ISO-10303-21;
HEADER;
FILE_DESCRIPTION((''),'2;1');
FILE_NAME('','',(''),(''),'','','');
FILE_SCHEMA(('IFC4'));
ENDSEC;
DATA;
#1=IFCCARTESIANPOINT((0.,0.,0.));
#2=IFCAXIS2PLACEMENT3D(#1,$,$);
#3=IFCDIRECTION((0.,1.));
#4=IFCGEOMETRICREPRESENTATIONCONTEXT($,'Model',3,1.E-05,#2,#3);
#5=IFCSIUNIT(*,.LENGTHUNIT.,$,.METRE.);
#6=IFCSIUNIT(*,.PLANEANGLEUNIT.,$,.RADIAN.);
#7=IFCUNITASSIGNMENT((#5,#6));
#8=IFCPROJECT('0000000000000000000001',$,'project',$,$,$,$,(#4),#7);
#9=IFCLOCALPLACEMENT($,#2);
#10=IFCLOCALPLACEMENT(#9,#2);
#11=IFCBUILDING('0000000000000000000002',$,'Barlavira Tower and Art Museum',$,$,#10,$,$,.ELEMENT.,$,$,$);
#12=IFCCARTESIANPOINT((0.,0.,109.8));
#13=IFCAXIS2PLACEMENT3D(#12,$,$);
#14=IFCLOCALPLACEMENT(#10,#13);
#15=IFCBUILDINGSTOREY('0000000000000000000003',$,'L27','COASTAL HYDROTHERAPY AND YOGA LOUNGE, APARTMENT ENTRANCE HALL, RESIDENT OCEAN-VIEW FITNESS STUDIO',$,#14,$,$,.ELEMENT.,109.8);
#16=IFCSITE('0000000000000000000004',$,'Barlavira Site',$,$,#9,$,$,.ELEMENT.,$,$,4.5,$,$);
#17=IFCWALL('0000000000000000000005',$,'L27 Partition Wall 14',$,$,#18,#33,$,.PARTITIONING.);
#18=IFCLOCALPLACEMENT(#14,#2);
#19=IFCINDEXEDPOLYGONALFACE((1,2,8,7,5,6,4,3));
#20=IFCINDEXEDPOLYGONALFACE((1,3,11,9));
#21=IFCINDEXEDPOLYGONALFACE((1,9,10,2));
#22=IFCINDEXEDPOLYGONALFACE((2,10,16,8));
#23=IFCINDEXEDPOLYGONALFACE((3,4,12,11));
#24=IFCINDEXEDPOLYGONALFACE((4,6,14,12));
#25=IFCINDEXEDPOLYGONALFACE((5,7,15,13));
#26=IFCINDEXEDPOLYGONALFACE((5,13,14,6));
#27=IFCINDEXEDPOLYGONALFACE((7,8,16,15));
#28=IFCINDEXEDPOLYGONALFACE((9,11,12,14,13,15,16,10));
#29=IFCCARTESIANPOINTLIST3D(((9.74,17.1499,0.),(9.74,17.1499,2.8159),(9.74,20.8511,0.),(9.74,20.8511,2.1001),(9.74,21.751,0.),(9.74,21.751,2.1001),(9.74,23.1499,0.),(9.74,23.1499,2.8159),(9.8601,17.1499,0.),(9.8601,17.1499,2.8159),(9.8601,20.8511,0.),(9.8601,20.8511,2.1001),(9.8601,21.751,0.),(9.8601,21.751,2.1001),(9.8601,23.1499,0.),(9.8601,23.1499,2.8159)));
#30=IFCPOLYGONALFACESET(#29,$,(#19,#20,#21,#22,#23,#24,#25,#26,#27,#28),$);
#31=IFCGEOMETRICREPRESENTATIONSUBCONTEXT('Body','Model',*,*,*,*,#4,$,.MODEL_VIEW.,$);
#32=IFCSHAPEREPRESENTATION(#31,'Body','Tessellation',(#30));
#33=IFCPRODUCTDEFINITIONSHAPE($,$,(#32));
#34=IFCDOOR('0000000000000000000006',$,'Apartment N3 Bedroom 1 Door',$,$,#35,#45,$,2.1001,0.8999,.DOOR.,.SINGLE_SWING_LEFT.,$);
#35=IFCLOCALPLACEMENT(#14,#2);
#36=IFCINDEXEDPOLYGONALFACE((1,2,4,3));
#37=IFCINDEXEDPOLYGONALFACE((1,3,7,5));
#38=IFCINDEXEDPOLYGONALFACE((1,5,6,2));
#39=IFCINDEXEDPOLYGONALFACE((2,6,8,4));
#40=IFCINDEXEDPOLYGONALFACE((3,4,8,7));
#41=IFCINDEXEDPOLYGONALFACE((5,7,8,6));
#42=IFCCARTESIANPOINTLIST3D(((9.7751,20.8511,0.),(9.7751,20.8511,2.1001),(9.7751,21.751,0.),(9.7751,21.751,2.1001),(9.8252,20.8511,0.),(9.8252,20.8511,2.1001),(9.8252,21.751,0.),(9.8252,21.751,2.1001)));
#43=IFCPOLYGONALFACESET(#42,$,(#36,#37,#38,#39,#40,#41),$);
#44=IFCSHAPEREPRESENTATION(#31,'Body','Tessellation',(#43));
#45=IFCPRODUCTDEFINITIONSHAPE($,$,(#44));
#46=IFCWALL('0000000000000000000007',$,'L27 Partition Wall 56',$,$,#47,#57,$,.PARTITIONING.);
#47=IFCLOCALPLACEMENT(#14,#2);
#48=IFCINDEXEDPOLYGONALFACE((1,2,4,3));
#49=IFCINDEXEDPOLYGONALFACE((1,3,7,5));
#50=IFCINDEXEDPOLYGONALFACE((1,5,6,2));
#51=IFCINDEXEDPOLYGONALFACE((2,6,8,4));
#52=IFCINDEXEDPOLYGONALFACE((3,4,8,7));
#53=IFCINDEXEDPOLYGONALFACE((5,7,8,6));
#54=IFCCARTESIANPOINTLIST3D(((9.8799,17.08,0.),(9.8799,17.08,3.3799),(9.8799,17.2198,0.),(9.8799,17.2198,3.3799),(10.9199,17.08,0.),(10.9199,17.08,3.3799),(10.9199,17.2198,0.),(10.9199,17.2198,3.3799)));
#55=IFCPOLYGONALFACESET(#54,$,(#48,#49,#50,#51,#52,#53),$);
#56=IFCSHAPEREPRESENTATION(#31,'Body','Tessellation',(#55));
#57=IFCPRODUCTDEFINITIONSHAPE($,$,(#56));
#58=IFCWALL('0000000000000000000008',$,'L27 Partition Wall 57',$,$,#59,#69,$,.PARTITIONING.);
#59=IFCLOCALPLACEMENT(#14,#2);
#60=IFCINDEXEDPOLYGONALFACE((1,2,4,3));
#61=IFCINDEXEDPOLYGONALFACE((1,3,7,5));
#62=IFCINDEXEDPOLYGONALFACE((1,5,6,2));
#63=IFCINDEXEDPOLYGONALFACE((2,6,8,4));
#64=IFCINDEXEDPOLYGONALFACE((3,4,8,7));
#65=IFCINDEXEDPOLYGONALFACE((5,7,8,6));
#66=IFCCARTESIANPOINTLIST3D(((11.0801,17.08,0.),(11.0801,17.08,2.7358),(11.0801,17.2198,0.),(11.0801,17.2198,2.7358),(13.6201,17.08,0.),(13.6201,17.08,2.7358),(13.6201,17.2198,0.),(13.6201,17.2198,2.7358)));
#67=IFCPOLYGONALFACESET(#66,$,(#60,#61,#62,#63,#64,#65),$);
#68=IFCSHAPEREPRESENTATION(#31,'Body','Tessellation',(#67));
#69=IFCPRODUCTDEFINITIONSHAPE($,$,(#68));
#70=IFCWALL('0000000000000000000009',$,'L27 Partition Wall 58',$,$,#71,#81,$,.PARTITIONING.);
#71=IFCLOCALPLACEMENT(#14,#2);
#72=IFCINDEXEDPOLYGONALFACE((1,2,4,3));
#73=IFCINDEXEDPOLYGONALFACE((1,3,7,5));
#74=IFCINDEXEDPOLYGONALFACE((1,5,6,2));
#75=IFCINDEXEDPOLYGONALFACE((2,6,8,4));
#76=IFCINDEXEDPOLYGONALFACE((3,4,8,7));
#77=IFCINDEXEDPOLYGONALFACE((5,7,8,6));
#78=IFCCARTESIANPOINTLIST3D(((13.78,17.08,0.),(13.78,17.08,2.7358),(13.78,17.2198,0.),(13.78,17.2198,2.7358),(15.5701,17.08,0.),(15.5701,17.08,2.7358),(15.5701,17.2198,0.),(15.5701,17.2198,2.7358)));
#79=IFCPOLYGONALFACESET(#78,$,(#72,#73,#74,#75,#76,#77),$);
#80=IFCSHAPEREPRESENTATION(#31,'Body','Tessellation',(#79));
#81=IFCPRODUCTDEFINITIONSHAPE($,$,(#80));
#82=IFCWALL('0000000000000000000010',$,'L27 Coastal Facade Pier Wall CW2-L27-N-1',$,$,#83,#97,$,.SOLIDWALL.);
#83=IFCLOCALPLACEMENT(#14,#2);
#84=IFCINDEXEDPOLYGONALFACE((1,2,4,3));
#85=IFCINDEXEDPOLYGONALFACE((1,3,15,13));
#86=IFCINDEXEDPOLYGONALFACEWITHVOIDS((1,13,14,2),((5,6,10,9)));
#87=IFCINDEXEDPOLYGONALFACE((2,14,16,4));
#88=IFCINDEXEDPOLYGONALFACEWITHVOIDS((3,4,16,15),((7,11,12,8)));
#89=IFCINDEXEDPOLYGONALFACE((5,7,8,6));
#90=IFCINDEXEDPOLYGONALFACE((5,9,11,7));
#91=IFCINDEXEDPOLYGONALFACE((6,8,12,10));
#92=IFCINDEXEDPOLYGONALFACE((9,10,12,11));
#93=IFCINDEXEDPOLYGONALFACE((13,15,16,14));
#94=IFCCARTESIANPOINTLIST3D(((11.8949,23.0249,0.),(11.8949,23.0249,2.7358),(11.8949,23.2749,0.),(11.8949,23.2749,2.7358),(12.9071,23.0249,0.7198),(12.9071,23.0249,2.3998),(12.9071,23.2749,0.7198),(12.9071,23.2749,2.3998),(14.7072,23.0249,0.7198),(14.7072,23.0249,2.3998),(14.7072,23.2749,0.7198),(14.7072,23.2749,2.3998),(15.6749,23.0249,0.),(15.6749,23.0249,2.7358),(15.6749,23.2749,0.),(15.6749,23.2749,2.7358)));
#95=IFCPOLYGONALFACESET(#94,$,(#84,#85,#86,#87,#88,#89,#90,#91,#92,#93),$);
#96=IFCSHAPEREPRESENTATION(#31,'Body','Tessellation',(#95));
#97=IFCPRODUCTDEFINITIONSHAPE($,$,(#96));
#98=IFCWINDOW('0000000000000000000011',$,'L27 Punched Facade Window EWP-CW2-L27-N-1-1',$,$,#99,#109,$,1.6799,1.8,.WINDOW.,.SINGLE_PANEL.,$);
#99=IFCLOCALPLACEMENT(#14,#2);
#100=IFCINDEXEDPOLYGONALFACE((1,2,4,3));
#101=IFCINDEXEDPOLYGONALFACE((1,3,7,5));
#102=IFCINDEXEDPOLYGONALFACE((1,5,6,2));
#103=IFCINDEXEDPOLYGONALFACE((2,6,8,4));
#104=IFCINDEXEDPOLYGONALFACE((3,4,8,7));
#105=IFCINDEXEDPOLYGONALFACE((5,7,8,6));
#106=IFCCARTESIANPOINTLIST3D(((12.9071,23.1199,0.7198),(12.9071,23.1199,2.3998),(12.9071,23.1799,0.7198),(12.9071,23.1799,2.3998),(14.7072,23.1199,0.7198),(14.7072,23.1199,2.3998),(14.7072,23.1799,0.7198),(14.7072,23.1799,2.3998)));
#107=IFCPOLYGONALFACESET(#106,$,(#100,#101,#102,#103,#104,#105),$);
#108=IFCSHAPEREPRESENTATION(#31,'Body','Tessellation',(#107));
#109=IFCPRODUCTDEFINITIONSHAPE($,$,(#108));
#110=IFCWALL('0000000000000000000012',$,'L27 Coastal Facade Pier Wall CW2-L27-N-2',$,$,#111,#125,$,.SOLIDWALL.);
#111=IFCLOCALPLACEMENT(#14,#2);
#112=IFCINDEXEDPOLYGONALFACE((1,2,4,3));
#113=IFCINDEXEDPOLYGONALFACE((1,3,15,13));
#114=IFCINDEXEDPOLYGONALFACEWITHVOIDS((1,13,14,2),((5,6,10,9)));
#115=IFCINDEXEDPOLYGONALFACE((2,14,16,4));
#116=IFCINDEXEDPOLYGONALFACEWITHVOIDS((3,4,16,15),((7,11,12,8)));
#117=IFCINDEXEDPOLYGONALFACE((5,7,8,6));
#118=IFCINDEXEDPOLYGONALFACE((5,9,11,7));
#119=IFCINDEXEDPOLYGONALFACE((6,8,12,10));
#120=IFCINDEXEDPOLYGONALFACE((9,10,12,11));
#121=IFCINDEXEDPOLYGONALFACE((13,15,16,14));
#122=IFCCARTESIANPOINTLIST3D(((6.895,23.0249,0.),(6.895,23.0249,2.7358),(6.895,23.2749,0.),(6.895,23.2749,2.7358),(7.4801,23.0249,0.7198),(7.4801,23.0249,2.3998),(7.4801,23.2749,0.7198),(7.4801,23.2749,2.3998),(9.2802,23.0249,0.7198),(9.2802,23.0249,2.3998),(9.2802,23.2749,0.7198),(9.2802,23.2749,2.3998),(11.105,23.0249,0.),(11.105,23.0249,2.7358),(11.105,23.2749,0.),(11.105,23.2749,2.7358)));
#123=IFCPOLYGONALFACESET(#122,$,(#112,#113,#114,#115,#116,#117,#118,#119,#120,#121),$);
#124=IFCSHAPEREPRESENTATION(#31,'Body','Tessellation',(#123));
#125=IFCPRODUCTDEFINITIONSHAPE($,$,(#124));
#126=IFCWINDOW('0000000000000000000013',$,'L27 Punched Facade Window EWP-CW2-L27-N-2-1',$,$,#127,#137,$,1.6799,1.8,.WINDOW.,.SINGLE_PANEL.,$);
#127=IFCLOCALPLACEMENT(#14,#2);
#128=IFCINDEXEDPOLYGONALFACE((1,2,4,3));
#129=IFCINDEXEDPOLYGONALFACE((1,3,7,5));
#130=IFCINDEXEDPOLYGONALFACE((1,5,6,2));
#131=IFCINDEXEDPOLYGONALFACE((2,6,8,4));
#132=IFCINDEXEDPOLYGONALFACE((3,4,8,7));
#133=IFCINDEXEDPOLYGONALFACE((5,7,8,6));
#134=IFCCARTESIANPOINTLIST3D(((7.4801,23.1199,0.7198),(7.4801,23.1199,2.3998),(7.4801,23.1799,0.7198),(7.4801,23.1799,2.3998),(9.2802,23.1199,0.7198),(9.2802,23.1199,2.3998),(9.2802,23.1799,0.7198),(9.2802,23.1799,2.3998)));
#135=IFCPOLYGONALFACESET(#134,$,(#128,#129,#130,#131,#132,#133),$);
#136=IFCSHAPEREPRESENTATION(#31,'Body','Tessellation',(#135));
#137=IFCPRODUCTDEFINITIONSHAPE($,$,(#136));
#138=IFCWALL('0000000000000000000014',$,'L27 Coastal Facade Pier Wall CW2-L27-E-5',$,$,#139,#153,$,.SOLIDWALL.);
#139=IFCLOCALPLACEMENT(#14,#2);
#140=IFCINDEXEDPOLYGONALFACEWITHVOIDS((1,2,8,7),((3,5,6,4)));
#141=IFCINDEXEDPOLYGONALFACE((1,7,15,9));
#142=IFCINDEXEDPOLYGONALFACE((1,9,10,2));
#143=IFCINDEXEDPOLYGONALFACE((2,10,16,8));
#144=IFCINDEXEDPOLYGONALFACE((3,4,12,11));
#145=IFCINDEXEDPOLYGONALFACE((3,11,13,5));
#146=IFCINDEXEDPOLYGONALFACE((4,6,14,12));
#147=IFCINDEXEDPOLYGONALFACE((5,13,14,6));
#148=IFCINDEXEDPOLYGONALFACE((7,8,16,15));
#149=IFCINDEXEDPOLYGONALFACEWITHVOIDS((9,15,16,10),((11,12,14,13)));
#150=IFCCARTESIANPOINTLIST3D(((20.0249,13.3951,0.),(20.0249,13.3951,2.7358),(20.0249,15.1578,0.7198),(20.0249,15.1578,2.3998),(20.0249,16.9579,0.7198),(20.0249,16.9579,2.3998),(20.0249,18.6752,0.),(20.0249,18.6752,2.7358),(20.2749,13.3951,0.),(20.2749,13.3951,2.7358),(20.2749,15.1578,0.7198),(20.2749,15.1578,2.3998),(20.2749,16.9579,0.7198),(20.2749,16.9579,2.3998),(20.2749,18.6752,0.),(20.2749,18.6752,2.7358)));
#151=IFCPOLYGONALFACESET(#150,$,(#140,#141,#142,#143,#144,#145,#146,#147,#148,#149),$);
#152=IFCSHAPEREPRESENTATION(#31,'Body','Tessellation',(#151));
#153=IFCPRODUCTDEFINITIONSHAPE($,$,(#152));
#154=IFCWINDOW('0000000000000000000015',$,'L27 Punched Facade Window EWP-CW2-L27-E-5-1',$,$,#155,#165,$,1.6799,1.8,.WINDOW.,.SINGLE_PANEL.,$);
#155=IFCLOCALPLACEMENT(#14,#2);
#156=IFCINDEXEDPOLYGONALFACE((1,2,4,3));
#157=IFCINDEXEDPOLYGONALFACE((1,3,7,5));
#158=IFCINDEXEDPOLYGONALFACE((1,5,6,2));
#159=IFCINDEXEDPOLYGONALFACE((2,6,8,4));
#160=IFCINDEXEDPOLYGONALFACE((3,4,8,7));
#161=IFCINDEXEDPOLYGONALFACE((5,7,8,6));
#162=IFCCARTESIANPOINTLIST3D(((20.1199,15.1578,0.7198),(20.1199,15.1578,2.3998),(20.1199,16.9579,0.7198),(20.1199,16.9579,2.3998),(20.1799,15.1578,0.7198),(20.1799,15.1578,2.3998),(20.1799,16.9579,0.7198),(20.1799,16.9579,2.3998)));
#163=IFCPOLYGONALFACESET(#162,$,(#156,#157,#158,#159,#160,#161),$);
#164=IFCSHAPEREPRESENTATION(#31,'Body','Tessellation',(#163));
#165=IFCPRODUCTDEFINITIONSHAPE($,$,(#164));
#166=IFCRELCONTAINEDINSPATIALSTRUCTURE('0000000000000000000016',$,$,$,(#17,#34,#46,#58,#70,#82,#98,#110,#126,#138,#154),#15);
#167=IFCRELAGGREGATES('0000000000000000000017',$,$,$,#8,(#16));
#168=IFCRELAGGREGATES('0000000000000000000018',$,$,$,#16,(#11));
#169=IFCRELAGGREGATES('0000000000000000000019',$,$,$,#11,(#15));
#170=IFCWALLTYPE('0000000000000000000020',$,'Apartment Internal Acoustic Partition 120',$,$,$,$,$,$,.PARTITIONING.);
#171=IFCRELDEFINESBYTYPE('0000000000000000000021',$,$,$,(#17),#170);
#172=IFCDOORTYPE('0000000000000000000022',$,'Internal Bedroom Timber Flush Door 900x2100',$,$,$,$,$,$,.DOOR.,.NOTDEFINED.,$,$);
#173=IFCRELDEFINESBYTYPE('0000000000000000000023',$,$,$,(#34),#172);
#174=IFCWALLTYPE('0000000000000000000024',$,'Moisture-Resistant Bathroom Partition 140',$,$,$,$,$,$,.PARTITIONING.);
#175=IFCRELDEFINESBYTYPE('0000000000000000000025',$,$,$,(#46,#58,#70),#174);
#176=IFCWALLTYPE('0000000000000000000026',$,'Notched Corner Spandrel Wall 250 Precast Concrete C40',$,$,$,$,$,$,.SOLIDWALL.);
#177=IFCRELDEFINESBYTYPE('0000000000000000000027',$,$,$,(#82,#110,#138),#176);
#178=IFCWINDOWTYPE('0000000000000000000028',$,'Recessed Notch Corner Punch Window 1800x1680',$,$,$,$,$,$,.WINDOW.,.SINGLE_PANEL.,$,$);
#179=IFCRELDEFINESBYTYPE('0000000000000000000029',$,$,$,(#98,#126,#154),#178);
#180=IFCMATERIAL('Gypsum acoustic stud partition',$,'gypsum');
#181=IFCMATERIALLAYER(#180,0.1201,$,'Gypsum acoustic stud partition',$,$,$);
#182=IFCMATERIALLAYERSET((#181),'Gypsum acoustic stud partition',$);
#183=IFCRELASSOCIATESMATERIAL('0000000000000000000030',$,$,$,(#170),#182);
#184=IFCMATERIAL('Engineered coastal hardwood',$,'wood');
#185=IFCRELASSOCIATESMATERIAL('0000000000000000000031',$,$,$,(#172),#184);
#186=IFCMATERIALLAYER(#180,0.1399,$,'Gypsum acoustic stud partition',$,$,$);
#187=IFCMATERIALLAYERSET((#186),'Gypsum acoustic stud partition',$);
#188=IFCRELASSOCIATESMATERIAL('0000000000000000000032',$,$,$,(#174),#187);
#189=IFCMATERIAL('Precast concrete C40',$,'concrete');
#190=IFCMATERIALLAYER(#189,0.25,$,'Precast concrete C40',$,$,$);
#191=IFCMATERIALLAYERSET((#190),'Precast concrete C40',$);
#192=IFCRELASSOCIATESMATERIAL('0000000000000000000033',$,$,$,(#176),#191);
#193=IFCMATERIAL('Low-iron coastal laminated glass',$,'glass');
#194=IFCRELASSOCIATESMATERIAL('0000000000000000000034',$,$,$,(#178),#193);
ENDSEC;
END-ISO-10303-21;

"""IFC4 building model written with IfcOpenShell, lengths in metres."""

from ifc_helpers import new_model, si_unit, direction, frame, frame_2d, origin, place, context, subcontext, project, spatial, rectangle, extrude, material, layer, layer_set, type_object, element, fill, save


model = new_model("IFC4")

# Units and contexts
model_context = context("Model", 3, precision=1e-05, world=origin(), true_north=direction((0.0, 1.0)))
body_context = subcontext(model_context, "Body", "Model", "MODEL_VIEW")
ifc_project = project(units=[si_unit("LENGTHUNIT", "METRE"), si_unit("PLANEANGLEUNIT", "RADIAN")], contexts=[model_context])

# Site, building, storey
site_placement = place(None, origin())
site = spatial("IfcSite", under=ifc_project, at=site_placement, Name="Barlavira Site", CompositionType="ELEMENT", RefElevation=4.5)
building_placement = place(site_placement, origin())
building = spatial("IfcBuilding", under=site, at=building_placement, Name="Barlavira Tower and Art Museum", CompositionType="ELEMENT")
storey_placement = place(building_placement, frame((0.0, 0.0, 109.8)))
storey = spatial("IfcBuildingStorey", under=building, at=storey_placement, Name="L27", Description="COASTAL HYDROTHERAPY AND YOGA LOUNGE, APARTMENT ENTRANCE HALL, RESIDENT OCEAN-VIEW FITNESS STUDIO", CompositionType="ELEMENT", Elevation=109.8)

# Wall, opening, door
ifc_material_1 = material(Name="Gypsum acoustic stud partition", Category="gypsum")
ifc_layer_1 = layer(ifc_material_1, 0.1201, Name="Gypsum acoustic stud partition")
ifc_layer_set_1 = layer_set([ifc_layer_1], Name="Gypsum acoustic stud partition")
wall_type_1 = type_object("IfcWallType", Name="Apartment Internal Acoustic Partition 120", PredefinedType="PARTITIONING", material=ifc_layer_set_1)
wall_1_placement = place(storey_placement, frame((9.8, 17.1499, 0.0), z_axis=(0.0, 0.0, 1.0), x_axis=(0.0, 1.0, 0.0)))
wall_1 = element("IfcWall", 1, at=wall_1_placement, inside=storey, type_object=wall_type_1, Name="L27 Partition Wall 14", PredefinedType="PARTITIONING", context=body_context, shape_type="SweptSolid", body=[
    extrude(rectangle(XDim=6.0, YDim=0.1201, at=frame_2d((3.0, 0.0))), origin(), (0.0, 0.0, 1.0), 2.8159),
])
opening_1_placement = place(wall_1_placement, frame((3.7012, 0.0, 0.0)))
opening_1 = element("IfcOpeningElement", 2, at=opening_1_placement, cuts=wall_1, PredefinedType="OPENING", context=body_context, shape_type="SweptSolid", body=[
    extrude(rectangle(XDim=0.8999, YDim=2.1001, at=frame_2d((0.45, 1.05))), frame((0.0, 0.0701, 0.0), z_axis=(0.0, -1.0, 0.0), x_axis=(1.0, 0.0, 0.0)), (0.0, 0.0, 1.0), 0.1401),
])
ifc_material_2 = material(Name="Engineered coastal hardwood", Category="wood")
door_type = type_object("IfcDoorType", Name="Internal Bedroom Timber Flush Door 900x2100", OperationType="NOTDEFINED", PredefinedType="DOOR", material=ifc_material_2)
door_placement = place(opening_1_placement, origin())
door = element("IfcDoor", 3, at=door_placement, inside=storey, type_object=door_type, Name="Apartment N3 Bedroom 1 Door", OperationType="SINGLE_SWING_LEFT", OverallHeight=2.1001, OverallWidth=0.8999, PredefinedType="DOOR", context=body_context, shape_type="SweptSolid", body=[
    extrude(rectangle(XDim=0.8999, YDim=2.1001, at=frame_2d((0.45, 1.05))), frame((0.0, 0.0249, 0.0), z_axis=(0.0, -1.0, 0.0), x_axis=(1.0, 0.0, 0.0)), (0.0, 0.0, 1.0), 0.05),
])
fill(opening_1, door)

# Walls
ifc_layer_2 = layer(ifc_material_1, 0.1399, Name="Gypsum acoustic stud partition")
ifc_layer_set_2 = layer_set([ifc_layer_2], Name="Gypsum acoustic stud partition")
wall_type_2 = type_object("IfcWallType", Name="Moisture-Resistant Bathroom Partition 140", PredefinedType="PARTITIONING", material=ifc_layer_set_2)
wall_2_placement = place(storey_placement, frame((9.8799, 17.1499, 0.0), z_axis=(0.0, 0.0, 1.0), x_axis=(1.0, 0.0, 0.0)))
element("IfcWall", 4, at=wall_2_placement, inside=storey, type_object=wall_type_2, Name="L27 Partition Wall 56", PredefinedType="PARTITIONING", context=body_context, shape_type="SweptSolid", body=[
    extrude(rectangle(XDim=1.04, YDim=0.1399, at=frame_2d((0.52, 0.0))), origin(), (0.0, 0.0, 1.0), 3.3799),
])
wall_3_placement = place(storey_placement, frame((11.0801, 17.1499, 0.0), z_axis=(0.0, 0.0, 1.0), x_axis=(1.0, 0.0, 0.0)))
element("IfcWall", 5, at=wall_3_placement, inside=storey, type_object=wall_type_2, Name="L27 Partition Wall 57", PredefinedType="PARTITIONING", context=body_context, shape_type="SweptSolid", body=[
    extrude(rectangle(XDim=2.54, YDim=0.1399, at=frame_2d((1.27, 0.0))), origin(), (0.0, 0.0, 1.0), 2.7358),
])
wall_4_placement = place(storey_placement, frame((13.78, 17.1499, 0.0), z_axis=(0.0, 0.0, 1.0), x_axis=(1.0, 0.0, 0.0)))
element("IfcWall", 6, at=wall_4_placement, inside=storey, type_object=wall_type_2, Name="L27 Partition Wall 58", PredefinedType="PARTITIONING", context=body_context, shape_type="SweptSolid", body=[
    extrude(rectangle(XDim=1.79, YDim=0.1399, at=frame_2d((0.895, 0.0))), origin(), (0.0, 0.0, 1.0), 2.7358),
])

# Walls, openings, windows
ifc_material_3 = material(Name="Precast concrete C40", Category="concrete")
ifc_layer_3 = layer(ifc_material_3, 0.25, Name="Precast concrete C40")
ifc_layer_set_3 = layer_set([ifc_layer_3], Name="Precast concrete C40")
wall_type_3 = type_object("IfcWallType", Name="Notched Corner Spandrel Wall 250 Precast Concrete C40", PredefinedType="SOLIDWALL", material=ifc_layer_set_3)
wall_5_placement = place(storey_placement, frame((15.675, 23.1499, 0.0), z_axis=(0.0, 0.0, 1.0), x_axis=(-1.0, 0.0, 0.0)))
wall_5 = element("IfcWall", 7, at=wall_5_placement, inside=storey, type_object=wall_type_3, Name="L27 Coastal Facade Pier Wall CW2-L27-N-1", PredefinedType="SOLIDWALL", context=body_context, shape_type="SweptSolid", body=[
    extrude(rectangle(XDim=3.78, YDim=0.25, at=frame_2d((1.8901, 0.0))), origin(), (0.0, 0.0, 1.0), 2.7358),
])
opening_2_placement = place(wall_5_placement, frame((0.968, 0.0, 0.72)))
opening_2 = element("IfcOpeningElement", 8, at=opening_2_placement, cuts=wall_5, PredefinedType="OPENING", context=body_context, shape_type="SweptSolid", body=[
    extrude(rectangle(XDim=1.8, YDim=1.6799, at=frame_2d((0.8999, 0.8398))), frame((0.0, 0.135, 0.0), z_axis=(0.0, -1.0, 0.0), x_axis=(1.0, 0.0, 0.0)), (0.0, 0.0, 1.0), 0.27),
])
ifc_material_4 = material(Name="Low-iron coastal laminated glass", Category="glass")
window_type = type_object("IfcWindowType", Name="Recessed Notch Corner Punch Window 1800x1680", PartitioningType="SINGLE_PANEL", PredefinedType="WINDOW", material=ifc_material_4)
window_1_placement = place(opening_2_placement, origin())
window_1 = element("IfcWindow", 9, at=window_1_placement, inside=storey, type_object=window_type, Name="L27 Punched Facade Window EWP-CW2-L27-N-1-1", OverallHeight=1.6799, OverallWidth=1.8, PartitioningType="SINGLE_PANEL", PredefinedType="WINDOW", context=body_context, shape_type="SweptSolid", body=[
    extrude(rectangle(XDim=1.8, YDim=1.6799, at=frame_2d((0.8999, 0.8398))), frame((0.0, 0.03, 0.0), z_axis=(0.0, -1.0, 0.0), x_axis=(1.0, 0.0, 0.0)), (0.0, 0.0, 1.0), 0.0601),
])
fill(opening_2, window_1)
wall_6_placement = place(storey_placement, frame((11.105, 23.1499, 0.0), z_axis=(0.0, 0.0, 1.0), x_axis=(-1.0, 0.0, 0.0)))
wall_6 = element("IfcWall", 10, at=wall_6_placement, inside=storey, type_object=wall_type_3, Name="L27 Coastal Facade Pier Wall CW2-L27-N-2", PredefinedType="SOLIDWALL", context=body_context, shape_type="SweptSolid", body=[
    extrude(rectangle(XDim=4.21, YDim=0.25, at=frame_2d((2.105, 0.0))), origin(), (0.0, 0.0, 1.0), 2.7358),
])
opening_3_placement = place(wall_6_placement, frame((1.825, 0.0, 0.72)))
opening_3 = element("IfcOpeningElement", 11, at=opening_3_placement, cuts=wall_6, PredefinedType="OPENING", context=body_context, shape_type="SweptSolid", body=[
    extrude(rectangle(XDim=1.8, YDim=1.6799, at=frame_2d((0.8999, 0.8398))), frame((0.0, 0.135, 0.0), z_axis=(0.0, -1.0, 0.0), x_axis=(1.0, 0.0, 0.0)), (0.0, 0.0, 1.0), 0.27),
])
window_2_placement = place(opening_3_placement, origin())
window_2 = element("IfcWindow", 12, at=window_2_placement, inside=storey, type_object=window_type, Name="L27 Punched Facade Window EWP-CW2-L27-N-2-1", OverallHeight=1.6799, OverallWidth=1.8, PartitioningType="SINGLE_PANEL", PredefinedType="WINDOW", context=body_context, shape_type="SweptSolid", body=[
    extrude(rectangle(XDim=1.8, YDim=1.6799, at=frame_2d((0.8999, 0.8398))), frame((0.0, 0.03, 0.0), z_axis=(0.0, -1.0, 0.0), x_axis=(1.0, 0.0, 0.0)), (0.0, 0.0, 1.0), 0.0601),
])
fill(opening_3, window_2)
wall_7_placement = place(storey_placement, frame((20.1499, 13.395, 0.0), z_axis=(0.0, 0.0, 1.0), x_axis=(0.0, 1.0, 0.0)))
wall_7 = element("IfcWall", 13, at=wall_7_placement, inside=storey, type_object=wall_type_3, Name="L27 Coastal Facade Pier Wall CW2-L27-E-5", PredefinedType="SOLIDWALL", context=body_context, shape_type="SweptSolid", body=[
    extrude(rectangle(XDim=5.28, YDim=0.25, at=frame_2d((2.6401, 0.0))), origin(), (0.0, 0.0, 1.0), 2.7358),
])
opening_4_placement = place(wall_7_placement, frame((1.7629, 0.0, 0.72)))
opening_4 = element("IfcOpeningElement", 14, at=opening_4_placement, cuts=wall_7, PredefinedType="OPENING", context=body_context, shape_type="SweptSolid", body=[
    extrude(rectangle(XDim=1.8, YDim=1.6799, at=frame_2d((0.8999, 0.8398))), frame((0.0, 0.135, 0.0), z_axis=(0.0, -1.0, 0.0), x_axis=(1.0, 0.0, 0.0)), (0.0, 0.0, 1.0), 0.27),
])
window_3_placement = place(opening_4_placement, origin())
window_3 = element("IfcWindow", 15, at=window_3_placement, inside=storey, type_object=window_type, Name="L27 Punched Facade Window EWP-CW2-L27-E-5-1", OverallHeight=1.6799, OverallWidth=1.8, PartitioningType="SINGLE_PANEL", PredefinedType="WINDOW", context=body_context, shape_type="SweptSolid", body=[
    extrude(rectangle(XDim=1.8, YDim=1.6799, at=frame_2d((0.8999, 0.8398))), frame((0.0, 0.03, 0.0), z_axis=(0.0, -1.0, 0.0), x_axis=(1.0, 0.0, 0.0)), (0.0, 0.0, 1.0), 0.0601),
])
fill(opening_4, window_3)

save(model, "model.ifc")
